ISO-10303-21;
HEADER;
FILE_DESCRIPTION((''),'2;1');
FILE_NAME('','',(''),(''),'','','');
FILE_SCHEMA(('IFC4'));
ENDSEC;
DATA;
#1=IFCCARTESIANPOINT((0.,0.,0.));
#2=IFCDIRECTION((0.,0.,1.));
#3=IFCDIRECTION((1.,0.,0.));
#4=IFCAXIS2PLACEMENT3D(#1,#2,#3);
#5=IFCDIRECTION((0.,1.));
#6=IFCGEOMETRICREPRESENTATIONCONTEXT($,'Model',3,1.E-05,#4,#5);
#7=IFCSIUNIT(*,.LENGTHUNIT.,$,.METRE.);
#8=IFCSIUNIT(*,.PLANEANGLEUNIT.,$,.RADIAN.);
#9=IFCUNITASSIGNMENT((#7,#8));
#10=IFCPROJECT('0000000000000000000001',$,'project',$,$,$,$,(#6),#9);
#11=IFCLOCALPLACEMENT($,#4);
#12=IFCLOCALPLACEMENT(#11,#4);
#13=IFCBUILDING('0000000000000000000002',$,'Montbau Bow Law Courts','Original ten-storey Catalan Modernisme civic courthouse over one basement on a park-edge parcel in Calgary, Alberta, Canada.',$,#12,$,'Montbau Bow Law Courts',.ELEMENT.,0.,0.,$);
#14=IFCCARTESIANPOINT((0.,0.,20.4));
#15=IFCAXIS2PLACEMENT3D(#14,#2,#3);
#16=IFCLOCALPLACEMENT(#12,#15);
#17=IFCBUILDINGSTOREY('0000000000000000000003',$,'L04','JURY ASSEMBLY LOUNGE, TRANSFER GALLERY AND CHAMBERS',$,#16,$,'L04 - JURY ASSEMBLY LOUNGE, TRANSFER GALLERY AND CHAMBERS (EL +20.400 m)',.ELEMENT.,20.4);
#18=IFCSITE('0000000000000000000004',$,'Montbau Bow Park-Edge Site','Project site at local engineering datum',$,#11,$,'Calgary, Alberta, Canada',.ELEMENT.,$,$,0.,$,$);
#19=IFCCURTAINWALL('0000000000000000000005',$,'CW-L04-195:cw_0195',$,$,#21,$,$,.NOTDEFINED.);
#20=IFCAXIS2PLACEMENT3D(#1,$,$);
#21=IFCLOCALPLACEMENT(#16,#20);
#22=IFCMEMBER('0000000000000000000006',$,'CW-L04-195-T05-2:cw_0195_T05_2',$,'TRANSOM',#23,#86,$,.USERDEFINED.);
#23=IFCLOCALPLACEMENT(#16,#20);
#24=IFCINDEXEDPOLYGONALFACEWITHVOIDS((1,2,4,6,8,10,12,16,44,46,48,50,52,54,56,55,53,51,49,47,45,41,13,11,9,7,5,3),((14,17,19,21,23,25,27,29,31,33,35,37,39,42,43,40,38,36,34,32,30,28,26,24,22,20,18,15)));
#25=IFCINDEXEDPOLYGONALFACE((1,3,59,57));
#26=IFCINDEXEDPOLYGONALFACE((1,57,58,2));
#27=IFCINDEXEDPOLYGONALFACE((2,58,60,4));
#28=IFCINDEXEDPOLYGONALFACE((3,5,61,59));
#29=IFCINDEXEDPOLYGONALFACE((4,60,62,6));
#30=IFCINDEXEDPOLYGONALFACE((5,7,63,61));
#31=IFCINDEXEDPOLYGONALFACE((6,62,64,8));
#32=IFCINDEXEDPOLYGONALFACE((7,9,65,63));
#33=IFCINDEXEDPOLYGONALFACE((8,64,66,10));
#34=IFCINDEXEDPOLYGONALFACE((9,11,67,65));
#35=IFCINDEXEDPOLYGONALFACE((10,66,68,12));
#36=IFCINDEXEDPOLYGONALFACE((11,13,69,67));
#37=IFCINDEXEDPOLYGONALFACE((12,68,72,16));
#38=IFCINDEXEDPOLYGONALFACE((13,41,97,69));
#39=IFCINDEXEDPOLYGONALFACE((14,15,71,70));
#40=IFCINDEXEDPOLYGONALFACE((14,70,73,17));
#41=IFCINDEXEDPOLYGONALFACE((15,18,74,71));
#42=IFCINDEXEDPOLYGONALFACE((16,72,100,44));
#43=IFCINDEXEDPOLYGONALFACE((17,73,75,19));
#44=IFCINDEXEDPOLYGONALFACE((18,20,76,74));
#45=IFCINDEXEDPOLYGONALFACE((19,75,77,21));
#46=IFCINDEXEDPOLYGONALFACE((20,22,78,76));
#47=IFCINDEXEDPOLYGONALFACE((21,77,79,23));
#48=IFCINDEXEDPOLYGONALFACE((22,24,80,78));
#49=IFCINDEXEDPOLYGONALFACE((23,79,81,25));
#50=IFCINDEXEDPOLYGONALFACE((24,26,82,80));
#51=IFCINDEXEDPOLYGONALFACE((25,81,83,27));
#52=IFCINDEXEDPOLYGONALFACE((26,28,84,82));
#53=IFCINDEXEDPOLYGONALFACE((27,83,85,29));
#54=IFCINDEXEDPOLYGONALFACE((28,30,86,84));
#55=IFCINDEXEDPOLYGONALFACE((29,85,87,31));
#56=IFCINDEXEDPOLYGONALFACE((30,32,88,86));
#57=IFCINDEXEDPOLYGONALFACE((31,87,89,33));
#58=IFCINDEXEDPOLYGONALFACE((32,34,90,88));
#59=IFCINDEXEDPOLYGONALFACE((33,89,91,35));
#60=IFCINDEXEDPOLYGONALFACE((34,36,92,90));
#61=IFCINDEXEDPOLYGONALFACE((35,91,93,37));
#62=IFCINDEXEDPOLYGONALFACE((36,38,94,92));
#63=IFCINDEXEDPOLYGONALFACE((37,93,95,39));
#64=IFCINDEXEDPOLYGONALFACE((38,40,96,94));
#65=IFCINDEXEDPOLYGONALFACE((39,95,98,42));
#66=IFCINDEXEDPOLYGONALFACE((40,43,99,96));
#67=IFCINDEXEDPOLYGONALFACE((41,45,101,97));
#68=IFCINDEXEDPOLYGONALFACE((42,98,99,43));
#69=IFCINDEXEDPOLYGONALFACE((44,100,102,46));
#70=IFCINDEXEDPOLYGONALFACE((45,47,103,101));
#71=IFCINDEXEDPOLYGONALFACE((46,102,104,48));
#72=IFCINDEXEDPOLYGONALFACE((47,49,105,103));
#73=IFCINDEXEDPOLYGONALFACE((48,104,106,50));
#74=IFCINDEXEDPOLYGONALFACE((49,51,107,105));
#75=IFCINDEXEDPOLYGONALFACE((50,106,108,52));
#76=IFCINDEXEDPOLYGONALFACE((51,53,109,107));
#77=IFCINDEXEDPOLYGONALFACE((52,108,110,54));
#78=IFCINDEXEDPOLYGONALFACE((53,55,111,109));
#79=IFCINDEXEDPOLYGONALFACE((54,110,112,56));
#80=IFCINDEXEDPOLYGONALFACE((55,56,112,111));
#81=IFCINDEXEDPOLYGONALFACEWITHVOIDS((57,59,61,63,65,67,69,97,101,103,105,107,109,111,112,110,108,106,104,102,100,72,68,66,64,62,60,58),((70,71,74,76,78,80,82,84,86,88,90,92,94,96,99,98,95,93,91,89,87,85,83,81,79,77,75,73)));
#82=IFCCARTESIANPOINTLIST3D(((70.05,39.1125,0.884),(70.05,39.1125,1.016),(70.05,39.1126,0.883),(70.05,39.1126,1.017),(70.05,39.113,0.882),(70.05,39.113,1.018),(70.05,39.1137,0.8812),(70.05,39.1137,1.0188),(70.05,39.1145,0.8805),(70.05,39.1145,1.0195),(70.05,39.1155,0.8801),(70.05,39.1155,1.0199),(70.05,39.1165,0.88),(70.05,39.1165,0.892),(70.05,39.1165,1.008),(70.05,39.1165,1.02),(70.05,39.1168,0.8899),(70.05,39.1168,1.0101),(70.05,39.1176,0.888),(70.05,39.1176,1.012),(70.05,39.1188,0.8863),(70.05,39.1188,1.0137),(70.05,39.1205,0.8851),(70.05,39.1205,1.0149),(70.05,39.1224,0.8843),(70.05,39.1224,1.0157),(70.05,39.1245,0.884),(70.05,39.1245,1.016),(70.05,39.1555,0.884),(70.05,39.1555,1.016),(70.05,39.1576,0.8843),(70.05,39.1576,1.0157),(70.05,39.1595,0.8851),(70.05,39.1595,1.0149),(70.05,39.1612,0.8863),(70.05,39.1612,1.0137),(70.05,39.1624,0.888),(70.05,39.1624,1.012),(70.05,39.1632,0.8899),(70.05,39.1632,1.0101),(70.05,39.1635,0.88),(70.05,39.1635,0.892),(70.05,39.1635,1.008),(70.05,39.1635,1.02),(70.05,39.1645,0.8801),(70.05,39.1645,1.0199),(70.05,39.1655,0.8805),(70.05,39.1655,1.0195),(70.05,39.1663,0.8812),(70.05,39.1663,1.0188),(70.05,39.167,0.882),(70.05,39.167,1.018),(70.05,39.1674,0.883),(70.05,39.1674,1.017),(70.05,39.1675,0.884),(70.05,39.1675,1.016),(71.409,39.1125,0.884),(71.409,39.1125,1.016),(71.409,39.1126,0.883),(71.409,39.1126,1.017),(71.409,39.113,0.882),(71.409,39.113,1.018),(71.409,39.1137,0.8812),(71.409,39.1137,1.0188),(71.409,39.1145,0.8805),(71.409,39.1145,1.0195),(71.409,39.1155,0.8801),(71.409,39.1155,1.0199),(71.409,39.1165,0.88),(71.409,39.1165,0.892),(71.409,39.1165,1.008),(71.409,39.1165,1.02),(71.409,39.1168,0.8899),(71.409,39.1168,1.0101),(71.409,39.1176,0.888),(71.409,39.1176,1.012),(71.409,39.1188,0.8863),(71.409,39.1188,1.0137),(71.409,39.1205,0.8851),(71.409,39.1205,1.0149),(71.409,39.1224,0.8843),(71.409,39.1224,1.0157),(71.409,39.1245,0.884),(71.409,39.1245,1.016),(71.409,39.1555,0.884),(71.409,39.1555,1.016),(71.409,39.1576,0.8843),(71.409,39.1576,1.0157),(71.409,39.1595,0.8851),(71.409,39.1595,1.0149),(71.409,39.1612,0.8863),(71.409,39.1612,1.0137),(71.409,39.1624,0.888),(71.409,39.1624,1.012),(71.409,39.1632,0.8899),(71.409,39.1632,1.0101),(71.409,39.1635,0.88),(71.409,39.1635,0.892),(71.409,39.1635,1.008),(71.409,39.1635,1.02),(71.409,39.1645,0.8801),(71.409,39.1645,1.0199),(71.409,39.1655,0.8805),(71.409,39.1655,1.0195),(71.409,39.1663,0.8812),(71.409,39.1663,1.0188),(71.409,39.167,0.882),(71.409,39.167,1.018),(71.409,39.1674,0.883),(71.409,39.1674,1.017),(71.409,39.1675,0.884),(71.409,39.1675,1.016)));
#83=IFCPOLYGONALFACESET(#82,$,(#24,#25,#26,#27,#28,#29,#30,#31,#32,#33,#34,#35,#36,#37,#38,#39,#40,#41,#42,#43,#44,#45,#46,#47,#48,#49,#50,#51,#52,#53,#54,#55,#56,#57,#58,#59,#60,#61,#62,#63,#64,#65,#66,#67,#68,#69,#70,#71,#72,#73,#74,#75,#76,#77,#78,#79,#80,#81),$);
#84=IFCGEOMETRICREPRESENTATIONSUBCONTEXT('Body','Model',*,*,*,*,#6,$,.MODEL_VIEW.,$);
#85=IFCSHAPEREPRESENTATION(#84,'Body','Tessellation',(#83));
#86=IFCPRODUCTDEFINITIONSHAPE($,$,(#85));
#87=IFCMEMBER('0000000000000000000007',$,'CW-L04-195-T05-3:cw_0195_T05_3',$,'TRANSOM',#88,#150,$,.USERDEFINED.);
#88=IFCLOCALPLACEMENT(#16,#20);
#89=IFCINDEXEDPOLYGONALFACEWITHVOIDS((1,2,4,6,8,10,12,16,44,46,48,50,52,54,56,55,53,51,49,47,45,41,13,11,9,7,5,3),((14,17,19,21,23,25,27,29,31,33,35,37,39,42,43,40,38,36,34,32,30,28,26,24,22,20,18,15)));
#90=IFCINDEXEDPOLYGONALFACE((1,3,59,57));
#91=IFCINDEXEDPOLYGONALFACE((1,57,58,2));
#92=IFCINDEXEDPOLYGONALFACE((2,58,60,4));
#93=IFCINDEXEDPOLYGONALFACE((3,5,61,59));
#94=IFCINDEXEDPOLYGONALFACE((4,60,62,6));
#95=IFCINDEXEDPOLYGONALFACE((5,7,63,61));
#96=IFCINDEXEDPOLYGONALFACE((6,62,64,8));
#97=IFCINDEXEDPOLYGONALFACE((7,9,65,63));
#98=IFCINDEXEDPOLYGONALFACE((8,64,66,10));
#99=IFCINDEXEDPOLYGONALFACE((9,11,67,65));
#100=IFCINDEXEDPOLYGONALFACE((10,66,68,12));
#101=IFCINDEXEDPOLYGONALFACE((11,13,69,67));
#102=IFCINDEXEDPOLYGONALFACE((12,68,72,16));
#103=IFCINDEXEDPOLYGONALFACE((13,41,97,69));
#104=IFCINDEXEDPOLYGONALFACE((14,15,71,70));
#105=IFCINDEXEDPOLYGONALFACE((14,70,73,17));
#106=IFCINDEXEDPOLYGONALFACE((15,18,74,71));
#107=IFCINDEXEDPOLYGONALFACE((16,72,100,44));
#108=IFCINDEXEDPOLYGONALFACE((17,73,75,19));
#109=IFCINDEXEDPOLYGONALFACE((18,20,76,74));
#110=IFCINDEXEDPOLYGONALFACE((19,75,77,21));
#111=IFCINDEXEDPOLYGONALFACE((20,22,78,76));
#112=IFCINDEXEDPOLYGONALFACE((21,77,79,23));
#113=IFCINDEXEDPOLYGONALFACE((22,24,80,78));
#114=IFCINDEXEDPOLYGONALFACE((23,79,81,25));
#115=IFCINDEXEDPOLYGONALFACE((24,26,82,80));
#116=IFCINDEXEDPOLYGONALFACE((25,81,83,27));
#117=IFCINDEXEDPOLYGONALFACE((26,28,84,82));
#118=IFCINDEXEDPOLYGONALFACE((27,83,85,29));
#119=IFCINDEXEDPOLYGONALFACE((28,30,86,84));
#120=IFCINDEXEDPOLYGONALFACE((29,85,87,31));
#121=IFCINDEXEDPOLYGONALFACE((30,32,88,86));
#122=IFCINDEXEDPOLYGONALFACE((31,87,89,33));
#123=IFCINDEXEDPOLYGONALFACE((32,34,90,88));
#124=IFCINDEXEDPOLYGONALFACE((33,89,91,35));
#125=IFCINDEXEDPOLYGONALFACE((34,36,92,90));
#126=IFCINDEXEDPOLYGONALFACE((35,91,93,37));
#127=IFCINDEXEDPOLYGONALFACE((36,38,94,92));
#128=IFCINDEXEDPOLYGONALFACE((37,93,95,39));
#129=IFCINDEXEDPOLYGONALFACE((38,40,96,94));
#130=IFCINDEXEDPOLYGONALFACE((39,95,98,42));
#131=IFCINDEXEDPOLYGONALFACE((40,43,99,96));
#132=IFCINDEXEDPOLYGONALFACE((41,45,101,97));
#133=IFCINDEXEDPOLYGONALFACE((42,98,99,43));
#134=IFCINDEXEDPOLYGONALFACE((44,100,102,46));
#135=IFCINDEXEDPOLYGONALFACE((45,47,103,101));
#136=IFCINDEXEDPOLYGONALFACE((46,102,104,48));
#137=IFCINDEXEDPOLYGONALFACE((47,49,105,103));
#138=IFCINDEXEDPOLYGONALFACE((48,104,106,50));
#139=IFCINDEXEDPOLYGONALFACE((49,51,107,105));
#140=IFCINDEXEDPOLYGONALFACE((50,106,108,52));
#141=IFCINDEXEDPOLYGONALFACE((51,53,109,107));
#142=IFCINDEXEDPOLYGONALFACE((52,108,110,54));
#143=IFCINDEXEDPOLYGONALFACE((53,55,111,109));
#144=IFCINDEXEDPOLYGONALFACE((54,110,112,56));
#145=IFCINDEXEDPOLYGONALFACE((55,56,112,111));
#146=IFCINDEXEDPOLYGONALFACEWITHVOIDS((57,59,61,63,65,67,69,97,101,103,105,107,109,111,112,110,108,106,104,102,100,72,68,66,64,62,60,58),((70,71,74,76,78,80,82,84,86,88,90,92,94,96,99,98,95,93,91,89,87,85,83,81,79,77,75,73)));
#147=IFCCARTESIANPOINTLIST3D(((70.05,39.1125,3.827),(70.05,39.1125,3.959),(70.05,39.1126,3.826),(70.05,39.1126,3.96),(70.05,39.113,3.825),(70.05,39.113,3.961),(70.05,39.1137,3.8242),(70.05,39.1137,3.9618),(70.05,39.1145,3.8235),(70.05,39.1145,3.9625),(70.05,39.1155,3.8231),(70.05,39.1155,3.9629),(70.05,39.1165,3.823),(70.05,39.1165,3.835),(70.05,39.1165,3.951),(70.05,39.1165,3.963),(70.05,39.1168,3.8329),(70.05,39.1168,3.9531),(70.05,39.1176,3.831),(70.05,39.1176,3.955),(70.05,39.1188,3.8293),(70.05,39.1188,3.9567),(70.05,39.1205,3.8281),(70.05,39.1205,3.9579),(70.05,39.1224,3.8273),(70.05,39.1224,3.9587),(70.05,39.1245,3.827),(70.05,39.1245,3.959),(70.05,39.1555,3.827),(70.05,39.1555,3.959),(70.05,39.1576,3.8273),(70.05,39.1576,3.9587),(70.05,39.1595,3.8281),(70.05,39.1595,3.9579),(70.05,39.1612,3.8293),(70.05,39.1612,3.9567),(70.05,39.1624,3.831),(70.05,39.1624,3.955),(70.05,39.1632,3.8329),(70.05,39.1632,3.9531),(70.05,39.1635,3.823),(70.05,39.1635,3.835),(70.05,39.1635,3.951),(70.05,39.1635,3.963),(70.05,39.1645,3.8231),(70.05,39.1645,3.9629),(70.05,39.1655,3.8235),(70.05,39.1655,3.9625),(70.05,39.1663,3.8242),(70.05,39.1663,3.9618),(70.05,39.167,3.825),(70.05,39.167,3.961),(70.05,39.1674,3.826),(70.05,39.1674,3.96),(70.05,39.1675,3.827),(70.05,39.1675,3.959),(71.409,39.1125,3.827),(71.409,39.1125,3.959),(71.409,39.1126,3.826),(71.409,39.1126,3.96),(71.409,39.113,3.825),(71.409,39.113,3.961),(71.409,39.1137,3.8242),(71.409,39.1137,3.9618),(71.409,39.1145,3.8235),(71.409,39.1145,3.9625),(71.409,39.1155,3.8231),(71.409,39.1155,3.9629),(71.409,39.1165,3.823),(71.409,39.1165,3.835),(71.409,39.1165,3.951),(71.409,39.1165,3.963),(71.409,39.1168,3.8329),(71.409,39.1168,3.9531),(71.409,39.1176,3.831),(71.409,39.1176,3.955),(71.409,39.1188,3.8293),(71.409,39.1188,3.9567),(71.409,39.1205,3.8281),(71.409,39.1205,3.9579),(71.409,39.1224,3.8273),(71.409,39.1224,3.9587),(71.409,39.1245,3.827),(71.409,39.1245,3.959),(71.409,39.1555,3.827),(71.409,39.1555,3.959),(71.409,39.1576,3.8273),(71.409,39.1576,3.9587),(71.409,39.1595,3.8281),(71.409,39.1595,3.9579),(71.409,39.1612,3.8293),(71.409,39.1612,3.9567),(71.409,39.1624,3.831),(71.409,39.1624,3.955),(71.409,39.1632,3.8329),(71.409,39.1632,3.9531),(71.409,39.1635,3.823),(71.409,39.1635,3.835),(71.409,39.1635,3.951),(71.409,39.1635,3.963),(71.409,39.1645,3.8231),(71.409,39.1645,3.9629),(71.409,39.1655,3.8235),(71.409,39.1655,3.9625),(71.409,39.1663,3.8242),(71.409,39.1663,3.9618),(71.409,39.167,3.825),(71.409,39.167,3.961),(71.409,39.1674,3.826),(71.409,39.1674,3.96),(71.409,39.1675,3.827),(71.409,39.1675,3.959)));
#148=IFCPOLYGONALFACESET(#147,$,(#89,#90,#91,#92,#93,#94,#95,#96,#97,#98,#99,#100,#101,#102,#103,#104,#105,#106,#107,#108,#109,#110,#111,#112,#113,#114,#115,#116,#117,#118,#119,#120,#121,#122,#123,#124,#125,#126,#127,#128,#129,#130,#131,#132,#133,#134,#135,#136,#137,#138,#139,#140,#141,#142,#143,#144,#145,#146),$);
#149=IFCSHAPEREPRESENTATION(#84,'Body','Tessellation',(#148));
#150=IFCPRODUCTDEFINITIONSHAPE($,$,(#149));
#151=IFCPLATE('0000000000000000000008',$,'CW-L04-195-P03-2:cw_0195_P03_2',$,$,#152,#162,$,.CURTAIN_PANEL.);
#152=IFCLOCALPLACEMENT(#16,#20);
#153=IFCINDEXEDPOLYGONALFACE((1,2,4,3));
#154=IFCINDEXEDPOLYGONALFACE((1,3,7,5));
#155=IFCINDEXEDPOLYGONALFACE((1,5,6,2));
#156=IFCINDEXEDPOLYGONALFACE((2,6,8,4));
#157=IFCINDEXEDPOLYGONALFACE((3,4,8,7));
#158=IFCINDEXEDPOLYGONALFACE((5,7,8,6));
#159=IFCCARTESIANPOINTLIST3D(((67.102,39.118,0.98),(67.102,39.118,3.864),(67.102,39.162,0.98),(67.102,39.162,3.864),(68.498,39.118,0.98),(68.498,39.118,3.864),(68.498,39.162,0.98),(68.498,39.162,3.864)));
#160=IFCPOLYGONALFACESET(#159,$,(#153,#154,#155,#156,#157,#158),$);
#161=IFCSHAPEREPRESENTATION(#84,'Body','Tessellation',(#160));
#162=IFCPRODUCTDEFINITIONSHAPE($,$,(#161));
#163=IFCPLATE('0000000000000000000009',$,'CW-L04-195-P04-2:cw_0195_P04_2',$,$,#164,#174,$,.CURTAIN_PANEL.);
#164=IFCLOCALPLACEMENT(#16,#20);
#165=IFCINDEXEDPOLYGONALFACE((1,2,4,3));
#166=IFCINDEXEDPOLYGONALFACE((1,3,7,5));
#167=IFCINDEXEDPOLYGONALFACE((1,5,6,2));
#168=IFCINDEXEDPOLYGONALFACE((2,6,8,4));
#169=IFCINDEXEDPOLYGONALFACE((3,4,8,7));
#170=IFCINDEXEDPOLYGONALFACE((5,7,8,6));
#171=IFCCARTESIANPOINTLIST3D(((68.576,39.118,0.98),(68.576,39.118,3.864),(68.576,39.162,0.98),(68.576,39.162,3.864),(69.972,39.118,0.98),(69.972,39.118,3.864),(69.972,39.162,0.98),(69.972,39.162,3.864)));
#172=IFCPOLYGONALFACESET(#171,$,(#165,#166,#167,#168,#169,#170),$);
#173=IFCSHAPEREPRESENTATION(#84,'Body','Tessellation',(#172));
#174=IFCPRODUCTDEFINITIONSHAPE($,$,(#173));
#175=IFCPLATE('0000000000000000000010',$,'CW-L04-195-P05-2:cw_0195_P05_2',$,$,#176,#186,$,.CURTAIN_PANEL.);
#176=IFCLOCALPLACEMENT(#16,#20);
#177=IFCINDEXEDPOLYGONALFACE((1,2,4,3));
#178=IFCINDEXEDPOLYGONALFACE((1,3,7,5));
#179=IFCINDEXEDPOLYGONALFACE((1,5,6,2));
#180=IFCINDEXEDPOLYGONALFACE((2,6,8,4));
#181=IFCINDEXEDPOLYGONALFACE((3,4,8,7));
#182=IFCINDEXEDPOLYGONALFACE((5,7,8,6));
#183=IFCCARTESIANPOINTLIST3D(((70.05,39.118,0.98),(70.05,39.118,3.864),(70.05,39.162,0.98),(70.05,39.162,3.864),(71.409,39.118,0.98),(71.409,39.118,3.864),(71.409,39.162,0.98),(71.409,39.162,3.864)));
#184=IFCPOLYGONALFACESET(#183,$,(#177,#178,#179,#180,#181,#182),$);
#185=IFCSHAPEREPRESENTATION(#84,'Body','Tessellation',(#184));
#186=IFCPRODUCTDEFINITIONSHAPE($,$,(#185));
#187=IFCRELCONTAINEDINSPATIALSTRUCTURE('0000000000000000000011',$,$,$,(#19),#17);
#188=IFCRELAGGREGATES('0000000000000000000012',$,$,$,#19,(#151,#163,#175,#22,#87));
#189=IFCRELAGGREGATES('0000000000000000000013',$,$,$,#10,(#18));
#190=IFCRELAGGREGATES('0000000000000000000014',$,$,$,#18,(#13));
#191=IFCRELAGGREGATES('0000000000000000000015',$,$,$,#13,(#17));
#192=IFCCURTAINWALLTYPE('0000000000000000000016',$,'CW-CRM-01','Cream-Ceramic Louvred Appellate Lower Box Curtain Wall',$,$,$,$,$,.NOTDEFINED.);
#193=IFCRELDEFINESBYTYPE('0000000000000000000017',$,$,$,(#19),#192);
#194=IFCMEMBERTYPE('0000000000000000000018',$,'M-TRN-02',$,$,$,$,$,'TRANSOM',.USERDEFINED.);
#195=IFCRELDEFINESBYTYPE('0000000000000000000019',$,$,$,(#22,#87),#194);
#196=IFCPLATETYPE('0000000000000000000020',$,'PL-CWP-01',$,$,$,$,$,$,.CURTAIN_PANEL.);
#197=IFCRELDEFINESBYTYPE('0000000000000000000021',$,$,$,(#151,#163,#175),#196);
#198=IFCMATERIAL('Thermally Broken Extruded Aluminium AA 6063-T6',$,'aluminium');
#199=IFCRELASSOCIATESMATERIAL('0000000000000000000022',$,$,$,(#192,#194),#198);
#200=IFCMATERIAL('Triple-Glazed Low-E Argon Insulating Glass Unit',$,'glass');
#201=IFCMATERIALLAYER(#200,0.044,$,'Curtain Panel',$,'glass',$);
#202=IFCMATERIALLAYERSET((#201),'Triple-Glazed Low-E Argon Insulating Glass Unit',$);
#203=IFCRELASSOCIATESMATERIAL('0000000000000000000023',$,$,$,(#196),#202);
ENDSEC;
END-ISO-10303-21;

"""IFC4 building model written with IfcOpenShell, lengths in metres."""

from ifc_helpers import new_model, si_unit, direction, frame, frame_2d, origin_with_axes, origin_2d_with_axis, place, context, subcontext, project, spatial, rectangle, hollow_rectangle, extrude, material, layer, layer_set, material_profile, profile_set, type_object, element, aggregate, save


model = new_model("IFC4")

# Units and contexts
model_context = context("Model", 3, precision=1e-05, world=origin_with_axes(), true_north=direction((0.0, 1.0)))
body_context = subcontext(model_context, "Body", "Model", "MODEL_VIEW")
ifc_project = project(units=[si_unit("LENGTHUNIT", "METRE"), si_unit("PLANEANGLEUNIT", "RADIAN")], contexts=[model_context])

# Site, building, storey
site_placement = place(None, origin_with_axes())
site = spatial("IfcSite", under=ifc_project, at=site_placement, Name="Montbau Bow Park-Edge Site", Description="Project site at local engineering datum", LongName="Calgary, Alberta, Canada", CompositionType="ELEMENT", RefElevation=0.0)
building_placement = place(site_placement, origin_with_axes())
building = spatial("IfcBuilding", under=site, at=building_placement, Name="Montbau Bow Law Courts", Description="Original ten-storey Catalan Modernisme civic courthouse over one basement on a park-edge parcel in Calgary, Alberta, Canada.", LongName="Montbau Bow Law Courts", CompositionType="ELEMENT", ElevationOfRefHeight=0.0, ElevationOfTerrain=0.0)
storey_placement = place(building_placement, frame((0.0, 0.0, 20.4), z_axis=(0.0, 0.0, 1.0), x_axis=(1.0, 0.0, 0.0)))
storey = spatial("IfcBuildingStorey", under=building, at=storey_placement, Name="L04", Description="JURY ASSEMBLY LOUNGE, TRANSFER GALLERY AND CHAMBERS", LongName="L04 - JURY ASSEMBLY LOUNGE, TRANSFER GALLERY AND CHAMBERS (EL +20.400 m)", CompositionType="ELEMENT", Elevation=20.4)

# Curtain wall, members, plates
ifc_material_1 = material(Name="Thermally Broken Extruded Aluminium AA 6063-T6", Category="aluminium")
curtain_wall_type = type_object("IfcCurtainWallType", Name="CW-CRM-01", Description="Cream-Ceramic Louvred Appellate Lower Box Curtain Wall", PredefinedType="NOTDEFINED", material=ifc_material_1)
curtain_wall_placement = place(None, frame((64.115, 39.14, 20.4), z_axis=(0.0, 0.0, 1.0), x_axis=(1.0, 0.0, 0.0)))
curtain_wall = element("IfcCurtainWall", 1, at=curtain_wall_placement, inside=storey, type_object=curtain_wall_type, Name="CW-L04-195:cw_0195", PredefinedType="NOTDEFINED")
ifc_material_profile_1 = material_profile(ifc_material_1, hollow_rectangle(XDim=0.055, YDim=0.14, WallThickness=0.004, InnerFilletRadius=0.008, OuterFilletRadius=0.004, at=origin_2d_with_axis()), Name="CWT-140X55", Category="Main", Priority=0)
ifc_profile_set_1 = profile_set([ifc_material_profile_1], Name="Thermally Broken Extruded Aluminium AA 6063-T6")
member_type_1 = type_object("IfcMemberType", Name="M-TRN-02", ElementType="TRANSOM", PredefinedType="USERDEFINED", material=ifc_profile_set_1)
member_1_placement = place(None, frame((70.05, 39.14, 21.35), z_axis=(1.0, 0.0, 0.0), x_axis=(0.0, 1.0, 0.0)))
member_1 = element("IfcMember", 2, at=member_1_placement, type_object=member_type_1, Name="CW-L04-195-T05-2:cw_0195_T05_2", ObjectType="TRANSOM", PredefinedType="USERDEFINED", context=body_context, shape_type="SweptSolid", body=[
    extrude(hollow_rectangle(XDim=0.055, YDim=0.14, WallThickness=0.004, InnerFilletRadius=0.008, OuterFilletRadius=0.004, at=origin_2d_with_axis()), origin_with_axes(), (0.0, 0.0, 1.0), 1.359),
])
member_2_placement = place(None, frame((70.05, 39.14, 24.293), z_axis=(1.0, 0.0, 0.0), x_axis=(0.0, 1.0, 0.0)))
member_2 = element("IfcMember", 3, at=member_2_placement, type_object=member_type_1, Name="CW-L04-195-T05-3:cw_0195_T05_3", ObjectType="TRANSOM", PredefinedType="USERDEFINED", context=body_context, shape_type="SweptSolid", body=[
    extrude(hollow_rectangle(XDim=0.055, YDim=0.14, WallThickness=0.004, InnerFilletRadius=0.008, OuterFilletRadius=0.004, at=origin_2d_with_axis()), origin_with_axes(), (0.0, 0.0, 1.0), 1.359),
])
ifc_material_2 = material(Name="Triple-Glazed Low-E Argon Insulating Glass Unit", Category="glass")
ifc_layer_1 = layer(ifc_material_2, 0.044, Name="Curtain Panel", Category="glass")
ifc_layer_set_1 = layer_set([ifc_layer_1], Name="Triple-Glazed Low-E Argon Insulating Glass Unit")
plate_type_1 = type_object("IfcPlateType", Name="PL-CWP-01", PredefinedType="CURTAIN_PANEL", material=ifc_layer_set_1)
plate_1_placement = place(None, frame((67.102, 39.14, 21.38), z_axis=(0.0, -1.0, 0.0), x_axis=(1.0, 0.0, 0.0)))
plate_1 = element("IfcPlate", 4, at=plate_1_placement, type_object=plate_type_1, Name="CW-L04-195-P03-2:cw_0195_P03_2", PredefinedType="CURTAIN_PANEL", context=body_context, shape_type="SweptSolid", body=[
    extrude(rectangle(XDim=1.396, YDim=2.884, at=frame_2d((0.698, 1.442), x_axis=(1.0, 0.0))), frame((0.0, 0.0, -0.022), z_axis=(0.0, 0.0, 1.0), x_axis=(1.0, 0.0, 0.0)), (0.0, 0.0, 1.0), 0.044),
])
plate_2_placement = place(None, frame((68.576, 39.14, 21.38), z_axis=(0.0, -1.0, 0.0), x_axis=(1.0, 0.0, 0.0)))
plate_2 = element("IfcPlate", 5, at=plate_2_placement, type_object=plate_type_1, Name="CW-L04-195-P04-2:cw_0195_P04_2", PredefinedType="CURTAIN_PANEL", context=body_context, shape_type="SweptSolid", body=[
    extrude(rectangle(XDim=1.396, YDim=2.884, at=frame_2d((0.698, 1.442), x_axis=(1.0, 0.0))), frame((0.0, 0.0, -0.022), z_axis=(0.0, 0.0, 1.0), x_axis=(1.0, 0.0, 0.0)), (0.0, 0.0, 1.0), 0.044),
])
plate_3_placement = place(None, frame((70.05, 39.14, 21.38), z_axis=(0.0, -1.0, 0.0), x_axis=(1.0, 0.0, 0.0)))
plate_3 = element("IfcPlate", 6, at=plate_3_placement, type_object=plate_type_1, Name="CW-L04-195-P05-2:cw_0195_P05_2", PredefinedType="CURTAIN_PANEL", context=body_context, shape_type="SweptSolid", body=[
    extrude(rectangle(XDim=1.359, YDim=2.884, at=frame_2d((0.6795, 1.442), x_axis=(1.0, 0.0))), frame((0.0, 0.0, -0.022), z_axis=(0.0, 0.0, 1.0), x_axis=(1.0, 0.0, 0.0)), (0.0, 0.0, 1.0), 0.044),
])
aggregate(curtain_wall, [plate_1, plate_2, plate_3, member_1, member_2])

save(model, "model.ifc")
